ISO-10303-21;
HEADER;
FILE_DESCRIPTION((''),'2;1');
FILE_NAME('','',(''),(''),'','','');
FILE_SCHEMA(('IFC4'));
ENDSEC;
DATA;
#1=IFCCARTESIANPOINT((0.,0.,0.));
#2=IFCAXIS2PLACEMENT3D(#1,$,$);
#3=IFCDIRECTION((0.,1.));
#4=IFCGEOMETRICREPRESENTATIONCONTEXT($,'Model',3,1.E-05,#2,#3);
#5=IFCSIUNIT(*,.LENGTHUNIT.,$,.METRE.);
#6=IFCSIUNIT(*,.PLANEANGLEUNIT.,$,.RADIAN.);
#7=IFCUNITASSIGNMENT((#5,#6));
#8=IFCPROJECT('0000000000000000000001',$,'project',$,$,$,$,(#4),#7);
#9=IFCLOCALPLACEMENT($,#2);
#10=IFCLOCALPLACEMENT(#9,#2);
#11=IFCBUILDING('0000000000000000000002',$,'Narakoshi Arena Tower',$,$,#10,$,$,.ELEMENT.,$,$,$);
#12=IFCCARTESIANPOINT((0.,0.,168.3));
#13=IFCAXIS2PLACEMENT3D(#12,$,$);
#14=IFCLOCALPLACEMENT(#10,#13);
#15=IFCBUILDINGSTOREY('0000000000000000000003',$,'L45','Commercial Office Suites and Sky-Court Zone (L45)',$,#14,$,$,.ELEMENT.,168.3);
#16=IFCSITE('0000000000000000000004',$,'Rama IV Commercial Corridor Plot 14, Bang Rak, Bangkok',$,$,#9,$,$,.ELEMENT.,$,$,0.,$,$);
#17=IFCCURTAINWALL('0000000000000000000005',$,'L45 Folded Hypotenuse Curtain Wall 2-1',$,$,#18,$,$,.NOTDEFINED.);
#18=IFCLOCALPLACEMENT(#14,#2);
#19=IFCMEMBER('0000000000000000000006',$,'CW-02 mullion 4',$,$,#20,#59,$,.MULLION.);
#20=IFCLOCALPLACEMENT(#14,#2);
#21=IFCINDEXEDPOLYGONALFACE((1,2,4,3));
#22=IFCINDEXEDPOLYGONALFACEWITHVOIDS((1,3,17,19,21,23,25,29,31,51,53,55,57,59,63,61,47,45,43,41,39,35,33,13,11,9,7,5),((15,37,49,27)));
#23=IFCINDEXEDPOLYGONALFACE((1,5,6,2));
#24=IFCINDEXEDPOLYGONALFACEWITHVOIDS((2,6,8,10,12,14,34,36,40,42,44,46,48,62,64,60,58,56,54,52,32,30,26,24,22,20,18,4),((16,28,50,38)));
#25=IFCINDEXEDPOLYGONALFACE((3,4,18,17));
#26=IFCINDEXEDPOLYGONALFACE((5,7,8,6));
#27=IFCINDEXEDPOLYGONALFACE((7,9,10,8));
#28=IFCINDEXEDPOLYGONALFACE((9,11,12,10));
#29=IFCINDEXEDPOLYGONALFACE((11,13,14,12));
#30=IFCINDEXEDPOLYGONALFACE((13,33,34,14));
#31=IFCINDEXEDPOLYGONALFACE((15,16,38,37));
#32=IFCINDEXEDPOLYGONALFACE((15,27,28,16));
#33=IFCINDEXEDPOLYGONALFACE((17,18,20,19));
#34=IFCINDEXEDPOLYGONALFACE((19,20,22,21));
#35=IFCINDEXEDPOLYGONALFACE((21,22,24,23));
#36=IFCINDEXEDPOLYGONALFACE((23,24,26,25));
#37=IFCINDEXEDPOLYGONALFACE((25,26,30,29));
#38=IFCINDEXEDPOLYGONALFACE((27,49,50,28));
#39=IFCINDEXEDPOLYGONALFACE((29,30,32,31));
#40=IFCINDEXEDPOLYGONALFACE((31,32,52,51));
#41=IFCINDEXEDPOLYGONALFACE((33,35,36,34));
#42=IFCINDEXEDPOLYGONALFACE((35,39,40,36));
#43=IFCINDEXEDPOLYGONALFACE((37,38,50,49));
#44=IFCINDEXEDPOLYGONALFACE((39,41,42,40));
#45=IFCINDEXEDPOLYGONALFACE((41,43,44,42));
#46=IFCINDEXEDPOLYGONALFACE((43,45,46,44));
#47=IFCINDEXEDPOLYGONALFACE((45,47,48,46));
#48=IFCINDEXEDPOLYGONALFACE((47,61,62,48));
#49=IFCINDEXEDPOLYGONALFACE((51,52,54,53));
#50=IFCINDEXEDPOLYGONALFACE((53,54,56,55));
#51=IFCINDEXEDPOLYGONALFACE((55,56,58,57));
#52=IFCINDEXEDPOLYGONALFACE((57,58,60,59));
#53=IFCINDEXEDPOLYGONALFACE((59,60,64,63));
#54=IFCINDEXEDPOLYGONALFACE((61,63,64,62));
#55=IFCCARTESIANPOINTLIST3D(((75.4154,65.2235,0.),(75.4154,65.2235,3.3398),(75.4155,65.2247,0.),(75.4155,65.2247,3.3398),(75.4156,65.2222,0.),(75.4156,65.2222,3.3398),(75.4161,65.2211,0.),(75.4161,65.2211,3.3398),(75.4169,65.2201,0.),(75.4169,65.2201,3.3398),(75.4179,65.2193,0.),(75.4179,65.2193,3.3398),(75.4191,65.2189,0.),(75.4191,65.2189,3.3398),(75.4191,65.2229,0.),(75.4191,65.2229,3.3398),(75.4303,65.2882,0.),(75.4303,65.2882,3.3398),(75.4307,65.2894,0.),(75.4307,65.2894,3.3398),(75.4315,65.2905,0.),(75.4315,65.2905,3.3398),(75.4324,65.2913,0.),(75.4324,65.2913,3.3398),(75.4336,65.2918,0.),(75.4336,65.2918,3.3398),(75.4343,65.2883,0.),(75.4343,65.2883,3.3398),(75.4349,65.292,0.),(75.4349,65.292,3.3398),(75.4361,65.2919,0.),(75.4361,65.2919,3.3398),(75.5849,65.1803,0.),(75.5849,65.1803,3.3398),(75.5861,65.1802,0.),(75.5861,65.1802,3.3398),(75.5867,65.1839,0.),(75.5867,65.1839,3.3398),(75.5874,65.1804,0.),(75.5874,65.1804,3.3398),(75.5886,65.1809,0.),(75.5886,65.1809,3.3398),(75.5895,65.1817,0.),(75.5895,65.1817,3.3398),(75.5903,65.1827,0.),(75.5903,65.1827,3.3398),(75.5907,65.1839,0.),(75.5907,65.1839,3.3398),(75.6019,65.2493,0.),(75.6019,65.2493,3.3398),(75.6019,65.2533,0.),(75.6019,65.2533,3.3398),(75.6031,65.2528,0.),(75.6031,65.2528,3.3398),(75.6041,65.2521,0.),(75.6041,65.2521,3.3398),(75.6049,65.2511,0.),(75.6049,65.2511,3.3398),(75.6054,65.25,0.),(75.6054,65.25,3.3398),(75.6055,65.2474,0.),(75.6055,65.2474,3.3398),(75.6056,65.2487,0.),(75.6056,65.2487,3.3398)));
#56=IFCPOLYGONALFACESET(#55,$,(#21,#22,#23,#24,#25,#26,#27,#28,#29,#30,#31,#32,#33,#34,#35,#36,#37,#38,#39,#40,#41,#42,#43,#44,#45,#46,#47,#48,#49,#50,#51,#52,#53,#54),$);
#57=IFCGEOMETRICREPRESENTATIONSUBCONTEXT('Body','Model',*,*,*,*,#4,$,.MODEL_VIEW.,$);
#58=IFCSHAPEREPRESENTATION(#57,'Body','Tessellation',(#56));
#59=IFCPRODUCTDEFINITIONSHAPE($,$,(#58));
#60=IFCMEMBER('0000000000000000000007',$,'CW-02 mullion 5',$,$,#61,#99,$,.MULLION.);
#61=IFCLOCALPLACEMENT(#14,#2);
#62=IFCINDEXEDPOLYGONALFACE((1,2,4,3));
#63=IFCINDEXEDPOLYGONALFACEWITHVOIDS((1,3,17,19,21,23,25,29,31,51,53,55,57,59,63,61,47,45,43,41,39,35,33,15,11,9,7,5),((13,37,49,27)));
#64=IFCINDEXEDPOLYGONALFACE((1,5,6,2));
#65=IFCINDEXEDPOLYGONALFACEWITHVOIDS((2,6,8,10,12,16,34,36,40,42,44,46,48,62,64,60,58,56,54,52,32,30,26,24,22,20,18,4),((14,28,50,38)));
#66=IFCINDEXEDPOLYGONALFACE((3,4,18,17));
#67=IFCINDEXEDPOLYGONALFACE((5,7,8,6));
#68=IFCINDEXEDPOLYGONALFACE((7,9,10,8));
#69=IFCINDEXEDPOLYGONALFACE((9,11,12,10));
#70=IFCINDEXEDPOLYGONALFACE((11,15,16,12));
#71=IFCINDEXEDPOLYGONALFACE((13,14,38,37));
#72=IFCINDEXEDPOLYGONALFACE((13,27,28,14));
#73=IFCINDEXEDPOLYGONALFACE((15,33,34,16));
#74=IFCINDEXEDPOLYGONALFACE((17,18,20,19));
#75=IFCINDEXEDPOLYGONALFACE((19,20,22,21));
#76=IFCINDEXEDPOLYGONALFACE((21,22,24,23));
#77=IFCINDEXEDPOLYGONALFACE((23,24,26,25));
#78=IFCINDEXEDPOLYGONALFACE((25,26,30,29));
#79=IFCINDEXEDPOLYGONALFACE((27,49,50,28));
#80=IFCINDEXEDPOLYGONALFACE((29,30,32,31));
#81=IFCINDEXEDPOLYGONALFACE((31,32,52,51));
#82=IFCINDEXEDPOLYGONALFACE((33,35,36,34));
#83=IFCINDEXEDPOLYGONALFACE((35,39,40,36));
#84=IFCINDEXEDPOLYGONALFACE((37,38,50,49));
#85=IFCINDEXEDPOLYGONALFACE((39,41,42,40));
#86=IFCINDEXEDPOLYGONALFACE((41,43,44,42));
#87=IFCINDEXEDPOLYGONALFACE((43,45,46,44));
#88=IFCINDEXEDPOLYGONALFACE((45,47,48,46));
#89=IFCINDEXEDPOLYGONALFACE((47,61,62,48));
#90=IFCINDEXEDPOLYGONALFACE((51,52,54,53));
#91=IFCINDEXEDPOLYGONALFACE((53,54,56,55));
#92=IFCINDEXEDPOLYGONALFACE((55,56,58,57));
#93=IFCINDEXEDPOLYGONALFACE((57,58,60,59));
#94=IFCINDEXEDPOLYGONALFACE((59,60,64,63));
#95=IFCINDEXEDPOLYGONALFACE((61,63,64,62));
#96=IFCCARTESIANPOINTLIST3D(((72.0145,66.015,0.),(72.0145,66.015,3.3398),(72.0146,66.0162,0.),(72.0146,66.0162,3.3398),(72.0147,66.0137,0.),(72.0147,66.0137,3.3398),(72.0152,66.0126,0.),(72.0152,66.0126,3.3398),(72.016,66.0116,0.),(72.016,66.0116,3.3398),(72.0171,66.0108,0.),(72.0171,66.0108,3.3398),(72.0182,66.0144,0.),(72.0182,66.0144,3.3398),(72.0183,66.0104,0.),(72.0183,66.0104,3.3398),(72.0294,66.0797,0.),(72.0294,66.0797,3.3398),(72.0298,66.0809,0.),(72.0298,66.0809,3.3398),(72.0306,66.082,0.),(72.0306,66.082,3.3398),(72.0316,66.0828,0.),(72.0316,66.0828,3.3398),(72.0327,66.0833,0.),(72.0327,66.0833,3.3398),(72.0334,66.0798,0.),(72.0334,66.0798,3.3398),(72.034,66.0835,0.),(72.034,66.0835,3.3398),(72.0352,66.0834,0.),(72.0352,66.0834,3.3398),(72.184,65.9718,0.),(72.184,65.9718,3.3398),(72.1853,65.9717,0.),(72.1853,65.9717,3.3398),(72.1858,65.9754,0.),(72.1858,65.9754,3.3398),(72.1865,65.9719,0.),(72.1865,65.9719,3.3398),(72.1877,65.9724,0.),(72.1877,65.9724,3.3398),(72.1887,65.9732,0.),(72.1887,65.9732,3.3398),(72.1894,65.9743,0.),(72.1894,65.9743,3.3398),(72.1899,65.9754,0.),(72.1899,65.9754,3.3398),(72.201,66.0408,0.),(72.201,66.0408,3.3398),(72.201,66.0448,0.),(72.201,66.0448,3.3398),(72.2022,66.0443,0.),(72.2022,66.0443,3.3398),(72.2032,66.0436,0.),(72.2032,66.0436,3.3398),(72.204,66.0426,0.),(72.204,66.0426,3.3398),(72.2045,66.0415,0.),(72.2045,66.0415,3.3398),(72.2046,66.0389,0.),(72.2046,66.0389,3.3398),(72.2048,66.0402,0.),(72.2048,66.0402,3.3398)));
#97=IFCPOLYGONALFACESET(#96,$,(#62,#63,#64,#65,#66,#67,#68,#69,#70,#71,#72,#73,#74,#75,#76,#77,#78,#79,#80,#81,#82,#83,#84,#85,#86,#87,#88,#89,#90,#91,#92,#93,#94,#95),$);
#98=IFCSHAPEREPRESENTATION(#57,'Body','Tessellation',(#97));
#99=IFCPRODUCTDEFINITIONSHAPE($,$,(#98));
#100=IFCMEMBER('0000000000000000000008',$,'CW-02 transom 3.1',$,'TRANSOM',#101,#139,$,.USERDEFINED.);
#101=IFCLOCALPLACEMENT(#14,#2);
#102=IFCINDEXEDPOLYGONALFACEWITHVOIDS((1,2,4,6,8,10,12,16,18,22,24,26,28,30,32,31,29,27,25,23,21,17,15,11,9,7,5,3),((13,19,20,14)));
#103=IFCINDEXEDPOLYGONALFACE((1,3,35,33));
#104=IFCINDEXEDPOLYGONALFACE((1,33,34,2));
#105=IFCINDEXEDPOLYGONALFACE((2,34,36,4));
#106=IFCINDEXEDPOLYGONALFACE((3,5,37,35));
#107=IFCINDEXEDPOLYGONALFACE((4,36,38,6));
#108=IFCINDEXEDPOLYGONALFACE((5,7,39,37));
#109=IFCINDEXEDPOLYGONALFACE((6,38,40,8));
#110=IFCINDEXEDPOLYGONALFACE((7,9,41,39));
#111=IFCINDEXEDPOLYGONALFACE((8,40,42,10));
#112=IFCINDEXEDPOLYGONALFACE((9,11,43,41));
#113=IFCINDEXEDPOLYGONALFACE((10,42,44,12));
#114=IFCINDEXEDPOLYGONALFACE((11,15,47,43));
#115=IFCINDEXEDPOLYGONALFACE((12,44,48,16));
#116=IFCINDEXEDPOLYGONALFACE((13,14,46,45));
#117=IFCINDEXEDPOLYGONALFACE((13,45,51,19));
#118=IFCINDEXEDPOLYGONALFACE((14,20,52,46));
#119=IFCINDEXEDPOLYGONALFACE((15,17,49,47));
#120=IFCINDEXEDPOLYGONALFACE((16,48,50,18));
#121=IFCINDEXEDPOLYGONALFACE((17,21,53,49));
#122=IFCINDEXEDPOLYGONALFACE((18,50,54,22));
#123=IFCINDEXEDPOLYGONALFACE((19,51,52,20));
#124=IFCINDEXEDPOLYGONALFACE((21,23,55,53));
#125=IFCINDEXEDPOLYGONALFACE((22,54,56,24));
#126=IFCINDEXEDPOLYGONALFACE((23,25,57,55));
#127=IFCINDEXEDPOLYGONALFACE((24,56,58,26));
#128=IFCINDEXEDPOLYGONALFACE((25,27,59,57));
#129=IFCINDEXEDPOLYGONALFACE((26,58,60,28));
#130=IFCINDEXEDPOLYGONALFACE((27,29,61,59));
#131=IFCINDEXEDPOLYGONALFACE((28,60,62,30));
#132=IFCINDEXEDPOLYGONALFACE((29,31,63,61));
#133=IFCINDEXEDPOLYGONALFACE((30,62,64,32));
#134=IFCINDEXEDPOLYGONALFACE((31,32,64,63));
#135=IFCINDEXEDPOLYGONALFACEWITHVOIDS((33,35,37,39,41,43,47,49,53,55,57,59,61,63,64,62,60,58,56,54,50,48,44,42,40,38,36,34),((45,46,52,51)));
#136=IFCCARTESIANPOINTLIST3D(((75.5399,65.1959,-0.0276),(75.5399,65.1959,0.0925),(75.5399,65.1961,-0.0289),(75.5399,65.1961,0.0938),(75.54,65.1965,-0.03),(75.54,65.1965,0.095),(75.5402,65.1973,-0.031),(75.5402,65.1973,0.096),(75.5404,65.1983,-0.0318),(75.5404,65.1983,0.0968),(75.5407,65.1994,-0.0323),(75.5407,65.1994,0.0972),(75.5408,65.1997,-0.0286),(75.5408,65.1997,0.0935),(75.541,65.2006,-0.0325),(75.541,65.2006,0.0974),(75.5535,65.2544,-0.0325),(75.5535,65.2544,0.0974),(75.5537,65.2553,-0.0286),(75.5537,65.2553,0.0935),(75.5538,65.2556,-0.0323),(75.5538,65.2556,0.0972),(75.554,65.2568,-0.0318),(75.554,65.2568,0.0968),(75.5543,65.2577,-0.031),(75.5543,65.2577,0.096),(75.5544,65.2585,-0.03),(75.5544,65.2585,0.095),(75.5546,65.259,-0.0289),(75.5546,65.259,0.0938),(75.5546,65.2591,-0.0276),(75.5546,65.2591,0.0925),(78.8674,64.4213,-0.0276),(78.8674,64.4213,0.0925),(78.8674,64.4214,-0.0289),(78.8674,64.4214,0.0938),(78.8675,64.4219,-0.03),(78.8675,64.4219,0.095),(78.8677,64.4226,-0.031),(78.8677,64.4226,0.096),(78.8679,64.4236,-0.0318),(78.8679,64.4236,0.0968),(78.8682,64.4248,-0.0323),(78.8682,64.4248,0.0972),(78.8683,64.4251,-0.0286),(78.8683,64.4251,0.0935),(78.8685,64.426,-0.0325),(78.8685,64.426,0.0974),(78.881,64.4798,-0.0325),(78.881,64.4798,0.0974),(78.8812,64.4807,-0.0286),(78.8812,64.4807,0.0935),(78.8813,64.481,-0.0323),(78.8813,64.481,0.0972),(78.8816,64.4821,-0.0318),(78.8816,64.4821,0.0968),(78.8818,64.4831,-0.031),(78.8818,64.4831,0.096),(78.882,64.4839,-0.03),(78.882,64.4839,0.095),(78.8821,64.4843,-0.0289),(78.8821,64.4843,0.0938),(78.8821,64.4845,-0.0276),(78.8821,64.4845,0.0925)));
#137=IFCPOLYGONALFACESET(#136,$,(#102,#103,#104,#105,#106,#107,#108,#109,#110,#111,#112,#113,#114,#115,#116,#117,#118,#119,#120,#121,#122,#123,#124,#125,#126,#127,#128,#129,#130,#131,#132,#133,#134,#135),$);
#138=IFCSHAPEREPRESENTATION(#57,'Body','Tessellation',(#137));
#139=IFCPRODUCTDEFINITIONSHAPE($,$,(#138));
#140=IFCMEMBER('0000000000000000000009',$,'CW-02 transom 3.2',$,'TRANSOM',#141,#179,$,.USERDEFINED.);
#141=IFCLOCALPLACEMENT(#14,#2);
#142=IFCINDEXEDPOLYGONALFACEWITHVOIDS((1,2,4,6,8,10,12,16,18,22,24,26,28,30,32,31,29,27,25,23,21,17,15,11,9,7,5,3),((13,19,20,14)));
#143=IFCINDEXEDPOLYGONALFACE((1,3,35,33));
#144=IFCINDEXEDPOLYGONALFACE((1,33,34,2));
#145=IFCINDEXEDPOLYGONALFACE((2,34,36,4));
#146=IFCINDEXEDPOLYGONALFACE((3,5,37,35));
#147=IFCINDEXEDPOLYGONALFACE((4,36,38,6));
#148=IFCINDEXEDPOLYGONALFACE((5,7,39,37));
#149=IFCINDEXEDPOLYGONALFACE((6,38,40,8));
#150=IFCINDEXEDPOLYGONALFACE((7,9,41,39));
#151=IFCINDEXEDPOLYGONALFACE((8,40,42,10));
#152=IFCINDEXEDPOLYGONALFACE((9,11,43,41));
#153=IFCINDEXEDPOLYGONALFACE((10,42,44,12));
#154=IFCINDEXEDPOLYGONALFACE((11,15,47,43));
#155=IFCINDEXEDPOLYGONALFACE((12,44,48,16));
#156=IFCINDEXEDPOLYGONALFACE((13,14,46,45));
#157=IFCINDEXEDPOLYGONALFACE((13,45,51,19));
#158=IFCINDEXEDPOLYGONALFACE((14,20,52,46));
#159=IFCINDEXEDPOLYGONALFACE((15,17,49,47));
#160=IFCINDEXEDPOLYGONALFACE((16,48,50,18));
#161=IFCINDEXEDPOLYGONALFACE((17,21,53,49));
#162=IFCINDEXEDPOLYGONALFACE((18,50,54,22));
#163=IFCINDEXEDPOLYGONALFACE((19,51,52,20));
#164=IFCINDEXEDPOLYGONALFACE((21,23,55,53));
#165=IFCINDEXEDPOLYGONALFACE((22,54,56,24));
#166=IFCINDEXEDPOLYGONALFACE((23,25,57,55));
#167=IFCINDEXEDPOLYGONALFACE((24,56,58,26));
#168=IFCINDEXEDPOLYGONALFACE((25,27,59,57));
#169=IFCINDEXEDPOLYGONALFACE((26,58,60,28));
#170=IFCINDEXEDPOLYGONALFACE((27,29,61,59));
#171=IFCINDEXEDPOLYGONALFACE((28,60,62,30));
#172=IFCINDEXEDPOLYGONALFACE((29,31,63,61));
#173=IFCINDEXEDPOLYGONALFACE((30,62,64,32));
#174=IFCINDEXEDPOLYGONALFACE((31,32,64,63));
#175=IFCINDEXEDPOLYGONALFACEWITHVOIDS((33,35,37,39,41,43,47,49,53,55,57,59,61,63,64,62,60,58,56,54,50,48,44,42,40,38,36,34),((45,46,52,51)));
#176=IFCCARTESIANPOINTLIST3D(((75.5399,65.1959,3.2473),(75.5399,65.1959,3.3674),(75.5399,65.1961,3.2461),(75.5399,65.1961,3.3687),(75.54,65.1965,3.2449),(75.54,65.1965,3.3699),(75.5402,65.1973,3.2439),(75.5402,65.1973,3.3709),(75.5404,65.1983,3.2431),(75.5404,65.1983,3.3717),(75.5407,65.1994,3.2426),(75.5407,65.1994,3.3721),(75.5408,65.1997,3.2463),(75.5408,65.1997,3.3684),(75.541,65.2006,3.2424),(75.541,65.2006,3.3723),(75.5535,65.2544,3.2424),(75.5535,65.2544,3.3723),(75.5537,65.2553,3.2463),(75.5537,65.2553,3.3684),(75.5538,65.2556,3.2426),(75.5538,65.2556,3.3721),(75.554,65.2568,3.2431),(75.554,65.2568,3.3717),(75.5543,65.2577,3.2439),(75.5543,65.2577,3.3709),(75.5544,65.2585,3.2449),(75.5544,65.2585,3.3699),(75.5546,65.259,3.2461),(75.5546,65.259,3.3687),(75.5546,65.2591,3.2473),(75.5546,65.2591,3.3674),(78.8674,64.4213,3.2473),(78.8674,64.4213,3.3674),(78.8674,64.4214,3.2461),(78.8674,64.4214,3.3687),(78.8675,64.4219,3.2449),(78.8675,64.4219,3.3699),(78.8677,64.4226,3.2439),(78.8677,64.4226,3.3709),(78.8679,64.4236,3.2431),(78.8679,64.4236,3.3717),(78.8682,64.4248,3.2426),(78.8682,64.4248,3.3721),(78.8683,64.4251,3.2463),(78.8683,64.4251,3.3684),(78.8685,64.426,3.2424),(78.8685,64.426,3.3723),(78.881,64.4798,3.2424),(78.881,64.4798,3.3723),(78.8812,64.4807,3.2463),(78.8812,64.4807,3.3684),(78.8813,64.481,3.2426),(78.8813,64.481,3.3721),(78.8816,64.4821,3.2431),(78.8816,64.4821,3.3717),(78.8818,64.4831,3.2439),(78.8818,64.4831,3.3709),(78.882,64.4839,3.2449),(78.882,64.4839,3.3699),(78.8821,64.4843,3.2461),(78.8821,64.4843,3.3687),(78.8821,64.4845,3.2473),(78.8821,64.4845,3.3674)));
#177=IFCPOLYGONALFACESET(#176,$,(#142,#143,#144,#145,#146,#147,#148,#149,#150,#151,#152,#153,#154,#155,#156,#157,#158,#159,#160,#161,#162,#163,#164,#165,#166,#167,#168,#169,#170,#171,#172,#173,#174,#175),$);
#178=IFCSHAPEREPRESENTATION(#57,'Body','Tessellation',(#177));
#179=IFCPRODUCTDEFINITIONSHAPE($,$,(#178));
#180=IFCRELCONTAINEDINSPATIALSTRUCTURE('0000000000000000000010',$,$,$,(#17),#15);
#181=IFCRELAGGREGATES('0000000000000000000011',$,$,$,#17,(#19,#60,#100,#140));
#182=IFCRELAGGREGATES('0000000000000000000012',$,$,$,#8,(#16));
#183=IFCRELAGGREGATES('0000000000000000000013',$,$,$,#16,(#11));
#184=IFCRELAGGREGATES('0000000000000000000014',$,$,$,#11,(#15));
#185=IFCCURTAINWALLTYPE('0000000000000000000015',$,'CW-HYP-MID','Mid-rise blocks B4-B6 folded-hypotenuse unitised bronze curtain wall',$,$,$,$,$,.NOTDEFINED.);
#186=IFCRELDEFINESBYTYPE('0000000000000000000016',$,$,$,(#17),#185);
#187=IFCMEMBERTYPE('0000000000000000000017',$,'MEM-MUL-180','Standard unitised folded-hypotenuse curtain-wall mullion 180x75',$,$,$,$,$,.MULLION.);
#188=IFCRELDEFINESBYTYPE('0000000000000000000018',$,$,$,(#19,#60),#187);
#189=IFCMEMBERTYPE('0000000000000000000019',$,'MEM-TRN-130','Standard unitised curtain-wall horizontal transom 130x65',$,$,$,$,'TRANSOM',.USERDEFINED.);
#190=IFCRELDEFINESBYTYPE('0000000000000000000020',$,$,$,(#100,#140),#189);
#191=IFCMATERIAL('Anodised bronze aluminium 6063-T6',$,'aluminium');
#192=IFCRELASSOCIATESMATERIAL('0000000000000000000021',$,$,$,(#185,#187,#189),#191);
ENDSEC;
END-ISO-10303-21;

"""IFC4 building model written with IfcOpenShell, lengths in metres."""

from ifc_helpers import new_model, si_unit, direction, frame, origin, origin_2d, place, context, subcontext, project, spatial, hollow_rectangle, extrude, material, material_profile, profile_set, type_object, element, aggregate, save


model = new_model("IFC4")

# Units and contexts
model_context = context("Model", 3, precision=1e-05, world=origin(), true_north=direction((0.0, 1.0)))
body_context = subcontext(model_context, "Body", "Model", "MODEL_VIEW")
ifc_project = project(units=[si_unit("LENGTHUNIT", "METRE"), si_unit("PLANEANGLEUNIT", "RADIAN")], contexts=[model_context])

# Site, building, storey
site_placement = place(None, origin())
site = spatial("IfcSite", under=ifc_project, at=site_placement, Name="Rama IV Commercial Corridor Plot 14, Bang Rak, Bangkok", CompositionType="ELEMENT", RefElevation=0.0)
building_placement = place(site_placement, origin())
building = spatial("IfcBuilding", under=site, at=building_placement, Name="Narakoshi Arena Tower", CompositionType="ELEMENT")
storey_placement = place(building_placement, frame((0.0, 0.0, 168.3)))
storey = spatial("IfcBuildingStorey", under=building, at=storey_placement, Name="L45", Description="Commercial Office Suites and Sky-Court Zone (L45)", CompositionType="ELEMENT", Elevation=168.3)

# Curtain wall, members
ifc_material_1 = material(Name="Anodised bronze aluminium 6063-T6", Category="aluminium")
curtain_wall_type = type_object("IfcCurtainWallType", Name="CW-HYP-MID", Description="Mid-rise blocks B4-B6 folded-hypotenuse unitised bronze curtain wall", PredefinedType="NOTDEFINED", material=ifc_material_1)
curtain_wall_placement = place(storey_placement, origin())
curtain_wall = element("IfcCurtainWall", 1, at=curtain_wall_placement, inside=storey, type_object=curtain_wall_type, Name="L45 Folded Hypotenuse Curtain Wall 2-1", PredefinedType="NOTDEFINED")
ifc_material_profile_1 = material_profile(ifc_material_1, hollow_rectangle(XDim=0.075, YDim=0.1799, WallThickness=0.0039, OuterFilletRadius=0.0049, at=origin_2d()), Name="MUL180x75x4")
ifc_profile_set_1 = profile_set([ifc_material_profile_1], Name="Anodised bronze aluminium 6063-T6")
member_type_1 = type_object("IfcMemberType", Name="MEM-MUL-180", Description="Standard unitised folded-hypotenuse curtain-wall mullion 180x75", PredefinedType="MULLION", material=ifc_profile_set_1)
member_1_placement = place(storey_placement, frame((75.5105, 65.2361, 0.0), z_axis=(0.0, 0.0, 1.0), x_axis=(-0.226721, -0.97396, 0.0)))
member_1 = element("IfcMember", 2, at=member_1_placement, type_object=member_type_1, Name="CW-02 mullion 4", PredefinedType="MULLION", context=body_context, shape_type="SweptSolid", body=[
    extrude(hollow_rectangle(XDim=0.075, YDim=0.1799, WallThickness=0.0039, OuterFilletRadius=0.0049, at=origin_2d()), origin(), (0.0, 0.0, 1.0), 3.3398),
])
member_2_placement = place(storey_placement, frame((72.1096, 66.0276, 0.0), z_axis=(0.0, 0.0, 1.0), x_axis=(-0.226721, -0.97396, 0.0)))
member_2 = element("IfcMember", 3, at=member_2_placement, type_object=member_type_1, Name="CW-02 mullion 5", PredefinedType="MULLION", context=body_context, shape_type="SweptSolid", body=[
    extrude(hollow_rectangle(XDim=0.075, YDim=0.1799, WallThickness=0.0039, OuterFilletRadius=0.0049, at=origin_2d()), origin(), (0.0, 0.0, 1.0), 3.3398),
])
ifc_material_profile_2 = material_profile(ifc_material_1, hollow_rectangle(XDim=0.0649, YDim=0.1299, WallThickness=0.0039, OuterFilletRadius=0.0049, at=origin_2d()), Name="TRN130x65x4")
ifc_profile_set_2 = profile_set([ifc_material_profile_2], Name="Anodised bronze aluminium 6063-T6")
member_type_2 = type_object("IfcMemberType", Name="MEM-TRN-130", Description="Standard unitised curtain-wall horizontal transom 130x65", ElementType="TRANSOM", PredefinedType="USERDEFINED", material=ifc_profile_set_2)
member_3_placement = place(storey_placement, frame((78.8748, 64.4529, 0.0325), z_axis=(-0.973957, 0.226733, 0.0), x_axis=(-0.226733, -0.973957, 0.0)))
member_3 = element("IfcMember", 4, at=member_3_placement, type_object=member_type_2, Name="CW-02 transom 3.1", ObjectType="TRANSOM", PredefinedType="USERDEFINED", context=body_context, shape_type="SweptSolid", body=[
    extrude(hollow_rectangle(XDim=0.0649, YDim=0.1299, WallThickness=0.0039, OuterFilletRadius=0.0049, at=origin_2d()), origin(), (0.0, 0.0, 1.0), 3.4165),
])
member_4_placement = place(storey_placement, frame((78.8748, 64.4529, 3.3074), z_axis=(-0.973957, 0.226733, 0.0), x_axis=(-0.226733, -0.973957, 0.0)))
member_4 = element("IfcMember", 5, at=member_4_placement, type_object=member_type_2, Name="CW-02 transom 3.2", ObjectType="TRANSOM", PredefinedType="USERDEFINED", context=body_context, shape_type="SweptSolid", body=[
    extrude(hollow_rectangle(XDim=0.0649, YDim=0.1299, WallThickness=0.0039, OuterFilletRadius=0.0049, at=origin_2d()), origin(), (0.0, 0.0, 1.0), 3.4165),
])
aggregate(curtain_wall, [member_1, member_2, member_3, member_4])

save(model, "model.ifc")
